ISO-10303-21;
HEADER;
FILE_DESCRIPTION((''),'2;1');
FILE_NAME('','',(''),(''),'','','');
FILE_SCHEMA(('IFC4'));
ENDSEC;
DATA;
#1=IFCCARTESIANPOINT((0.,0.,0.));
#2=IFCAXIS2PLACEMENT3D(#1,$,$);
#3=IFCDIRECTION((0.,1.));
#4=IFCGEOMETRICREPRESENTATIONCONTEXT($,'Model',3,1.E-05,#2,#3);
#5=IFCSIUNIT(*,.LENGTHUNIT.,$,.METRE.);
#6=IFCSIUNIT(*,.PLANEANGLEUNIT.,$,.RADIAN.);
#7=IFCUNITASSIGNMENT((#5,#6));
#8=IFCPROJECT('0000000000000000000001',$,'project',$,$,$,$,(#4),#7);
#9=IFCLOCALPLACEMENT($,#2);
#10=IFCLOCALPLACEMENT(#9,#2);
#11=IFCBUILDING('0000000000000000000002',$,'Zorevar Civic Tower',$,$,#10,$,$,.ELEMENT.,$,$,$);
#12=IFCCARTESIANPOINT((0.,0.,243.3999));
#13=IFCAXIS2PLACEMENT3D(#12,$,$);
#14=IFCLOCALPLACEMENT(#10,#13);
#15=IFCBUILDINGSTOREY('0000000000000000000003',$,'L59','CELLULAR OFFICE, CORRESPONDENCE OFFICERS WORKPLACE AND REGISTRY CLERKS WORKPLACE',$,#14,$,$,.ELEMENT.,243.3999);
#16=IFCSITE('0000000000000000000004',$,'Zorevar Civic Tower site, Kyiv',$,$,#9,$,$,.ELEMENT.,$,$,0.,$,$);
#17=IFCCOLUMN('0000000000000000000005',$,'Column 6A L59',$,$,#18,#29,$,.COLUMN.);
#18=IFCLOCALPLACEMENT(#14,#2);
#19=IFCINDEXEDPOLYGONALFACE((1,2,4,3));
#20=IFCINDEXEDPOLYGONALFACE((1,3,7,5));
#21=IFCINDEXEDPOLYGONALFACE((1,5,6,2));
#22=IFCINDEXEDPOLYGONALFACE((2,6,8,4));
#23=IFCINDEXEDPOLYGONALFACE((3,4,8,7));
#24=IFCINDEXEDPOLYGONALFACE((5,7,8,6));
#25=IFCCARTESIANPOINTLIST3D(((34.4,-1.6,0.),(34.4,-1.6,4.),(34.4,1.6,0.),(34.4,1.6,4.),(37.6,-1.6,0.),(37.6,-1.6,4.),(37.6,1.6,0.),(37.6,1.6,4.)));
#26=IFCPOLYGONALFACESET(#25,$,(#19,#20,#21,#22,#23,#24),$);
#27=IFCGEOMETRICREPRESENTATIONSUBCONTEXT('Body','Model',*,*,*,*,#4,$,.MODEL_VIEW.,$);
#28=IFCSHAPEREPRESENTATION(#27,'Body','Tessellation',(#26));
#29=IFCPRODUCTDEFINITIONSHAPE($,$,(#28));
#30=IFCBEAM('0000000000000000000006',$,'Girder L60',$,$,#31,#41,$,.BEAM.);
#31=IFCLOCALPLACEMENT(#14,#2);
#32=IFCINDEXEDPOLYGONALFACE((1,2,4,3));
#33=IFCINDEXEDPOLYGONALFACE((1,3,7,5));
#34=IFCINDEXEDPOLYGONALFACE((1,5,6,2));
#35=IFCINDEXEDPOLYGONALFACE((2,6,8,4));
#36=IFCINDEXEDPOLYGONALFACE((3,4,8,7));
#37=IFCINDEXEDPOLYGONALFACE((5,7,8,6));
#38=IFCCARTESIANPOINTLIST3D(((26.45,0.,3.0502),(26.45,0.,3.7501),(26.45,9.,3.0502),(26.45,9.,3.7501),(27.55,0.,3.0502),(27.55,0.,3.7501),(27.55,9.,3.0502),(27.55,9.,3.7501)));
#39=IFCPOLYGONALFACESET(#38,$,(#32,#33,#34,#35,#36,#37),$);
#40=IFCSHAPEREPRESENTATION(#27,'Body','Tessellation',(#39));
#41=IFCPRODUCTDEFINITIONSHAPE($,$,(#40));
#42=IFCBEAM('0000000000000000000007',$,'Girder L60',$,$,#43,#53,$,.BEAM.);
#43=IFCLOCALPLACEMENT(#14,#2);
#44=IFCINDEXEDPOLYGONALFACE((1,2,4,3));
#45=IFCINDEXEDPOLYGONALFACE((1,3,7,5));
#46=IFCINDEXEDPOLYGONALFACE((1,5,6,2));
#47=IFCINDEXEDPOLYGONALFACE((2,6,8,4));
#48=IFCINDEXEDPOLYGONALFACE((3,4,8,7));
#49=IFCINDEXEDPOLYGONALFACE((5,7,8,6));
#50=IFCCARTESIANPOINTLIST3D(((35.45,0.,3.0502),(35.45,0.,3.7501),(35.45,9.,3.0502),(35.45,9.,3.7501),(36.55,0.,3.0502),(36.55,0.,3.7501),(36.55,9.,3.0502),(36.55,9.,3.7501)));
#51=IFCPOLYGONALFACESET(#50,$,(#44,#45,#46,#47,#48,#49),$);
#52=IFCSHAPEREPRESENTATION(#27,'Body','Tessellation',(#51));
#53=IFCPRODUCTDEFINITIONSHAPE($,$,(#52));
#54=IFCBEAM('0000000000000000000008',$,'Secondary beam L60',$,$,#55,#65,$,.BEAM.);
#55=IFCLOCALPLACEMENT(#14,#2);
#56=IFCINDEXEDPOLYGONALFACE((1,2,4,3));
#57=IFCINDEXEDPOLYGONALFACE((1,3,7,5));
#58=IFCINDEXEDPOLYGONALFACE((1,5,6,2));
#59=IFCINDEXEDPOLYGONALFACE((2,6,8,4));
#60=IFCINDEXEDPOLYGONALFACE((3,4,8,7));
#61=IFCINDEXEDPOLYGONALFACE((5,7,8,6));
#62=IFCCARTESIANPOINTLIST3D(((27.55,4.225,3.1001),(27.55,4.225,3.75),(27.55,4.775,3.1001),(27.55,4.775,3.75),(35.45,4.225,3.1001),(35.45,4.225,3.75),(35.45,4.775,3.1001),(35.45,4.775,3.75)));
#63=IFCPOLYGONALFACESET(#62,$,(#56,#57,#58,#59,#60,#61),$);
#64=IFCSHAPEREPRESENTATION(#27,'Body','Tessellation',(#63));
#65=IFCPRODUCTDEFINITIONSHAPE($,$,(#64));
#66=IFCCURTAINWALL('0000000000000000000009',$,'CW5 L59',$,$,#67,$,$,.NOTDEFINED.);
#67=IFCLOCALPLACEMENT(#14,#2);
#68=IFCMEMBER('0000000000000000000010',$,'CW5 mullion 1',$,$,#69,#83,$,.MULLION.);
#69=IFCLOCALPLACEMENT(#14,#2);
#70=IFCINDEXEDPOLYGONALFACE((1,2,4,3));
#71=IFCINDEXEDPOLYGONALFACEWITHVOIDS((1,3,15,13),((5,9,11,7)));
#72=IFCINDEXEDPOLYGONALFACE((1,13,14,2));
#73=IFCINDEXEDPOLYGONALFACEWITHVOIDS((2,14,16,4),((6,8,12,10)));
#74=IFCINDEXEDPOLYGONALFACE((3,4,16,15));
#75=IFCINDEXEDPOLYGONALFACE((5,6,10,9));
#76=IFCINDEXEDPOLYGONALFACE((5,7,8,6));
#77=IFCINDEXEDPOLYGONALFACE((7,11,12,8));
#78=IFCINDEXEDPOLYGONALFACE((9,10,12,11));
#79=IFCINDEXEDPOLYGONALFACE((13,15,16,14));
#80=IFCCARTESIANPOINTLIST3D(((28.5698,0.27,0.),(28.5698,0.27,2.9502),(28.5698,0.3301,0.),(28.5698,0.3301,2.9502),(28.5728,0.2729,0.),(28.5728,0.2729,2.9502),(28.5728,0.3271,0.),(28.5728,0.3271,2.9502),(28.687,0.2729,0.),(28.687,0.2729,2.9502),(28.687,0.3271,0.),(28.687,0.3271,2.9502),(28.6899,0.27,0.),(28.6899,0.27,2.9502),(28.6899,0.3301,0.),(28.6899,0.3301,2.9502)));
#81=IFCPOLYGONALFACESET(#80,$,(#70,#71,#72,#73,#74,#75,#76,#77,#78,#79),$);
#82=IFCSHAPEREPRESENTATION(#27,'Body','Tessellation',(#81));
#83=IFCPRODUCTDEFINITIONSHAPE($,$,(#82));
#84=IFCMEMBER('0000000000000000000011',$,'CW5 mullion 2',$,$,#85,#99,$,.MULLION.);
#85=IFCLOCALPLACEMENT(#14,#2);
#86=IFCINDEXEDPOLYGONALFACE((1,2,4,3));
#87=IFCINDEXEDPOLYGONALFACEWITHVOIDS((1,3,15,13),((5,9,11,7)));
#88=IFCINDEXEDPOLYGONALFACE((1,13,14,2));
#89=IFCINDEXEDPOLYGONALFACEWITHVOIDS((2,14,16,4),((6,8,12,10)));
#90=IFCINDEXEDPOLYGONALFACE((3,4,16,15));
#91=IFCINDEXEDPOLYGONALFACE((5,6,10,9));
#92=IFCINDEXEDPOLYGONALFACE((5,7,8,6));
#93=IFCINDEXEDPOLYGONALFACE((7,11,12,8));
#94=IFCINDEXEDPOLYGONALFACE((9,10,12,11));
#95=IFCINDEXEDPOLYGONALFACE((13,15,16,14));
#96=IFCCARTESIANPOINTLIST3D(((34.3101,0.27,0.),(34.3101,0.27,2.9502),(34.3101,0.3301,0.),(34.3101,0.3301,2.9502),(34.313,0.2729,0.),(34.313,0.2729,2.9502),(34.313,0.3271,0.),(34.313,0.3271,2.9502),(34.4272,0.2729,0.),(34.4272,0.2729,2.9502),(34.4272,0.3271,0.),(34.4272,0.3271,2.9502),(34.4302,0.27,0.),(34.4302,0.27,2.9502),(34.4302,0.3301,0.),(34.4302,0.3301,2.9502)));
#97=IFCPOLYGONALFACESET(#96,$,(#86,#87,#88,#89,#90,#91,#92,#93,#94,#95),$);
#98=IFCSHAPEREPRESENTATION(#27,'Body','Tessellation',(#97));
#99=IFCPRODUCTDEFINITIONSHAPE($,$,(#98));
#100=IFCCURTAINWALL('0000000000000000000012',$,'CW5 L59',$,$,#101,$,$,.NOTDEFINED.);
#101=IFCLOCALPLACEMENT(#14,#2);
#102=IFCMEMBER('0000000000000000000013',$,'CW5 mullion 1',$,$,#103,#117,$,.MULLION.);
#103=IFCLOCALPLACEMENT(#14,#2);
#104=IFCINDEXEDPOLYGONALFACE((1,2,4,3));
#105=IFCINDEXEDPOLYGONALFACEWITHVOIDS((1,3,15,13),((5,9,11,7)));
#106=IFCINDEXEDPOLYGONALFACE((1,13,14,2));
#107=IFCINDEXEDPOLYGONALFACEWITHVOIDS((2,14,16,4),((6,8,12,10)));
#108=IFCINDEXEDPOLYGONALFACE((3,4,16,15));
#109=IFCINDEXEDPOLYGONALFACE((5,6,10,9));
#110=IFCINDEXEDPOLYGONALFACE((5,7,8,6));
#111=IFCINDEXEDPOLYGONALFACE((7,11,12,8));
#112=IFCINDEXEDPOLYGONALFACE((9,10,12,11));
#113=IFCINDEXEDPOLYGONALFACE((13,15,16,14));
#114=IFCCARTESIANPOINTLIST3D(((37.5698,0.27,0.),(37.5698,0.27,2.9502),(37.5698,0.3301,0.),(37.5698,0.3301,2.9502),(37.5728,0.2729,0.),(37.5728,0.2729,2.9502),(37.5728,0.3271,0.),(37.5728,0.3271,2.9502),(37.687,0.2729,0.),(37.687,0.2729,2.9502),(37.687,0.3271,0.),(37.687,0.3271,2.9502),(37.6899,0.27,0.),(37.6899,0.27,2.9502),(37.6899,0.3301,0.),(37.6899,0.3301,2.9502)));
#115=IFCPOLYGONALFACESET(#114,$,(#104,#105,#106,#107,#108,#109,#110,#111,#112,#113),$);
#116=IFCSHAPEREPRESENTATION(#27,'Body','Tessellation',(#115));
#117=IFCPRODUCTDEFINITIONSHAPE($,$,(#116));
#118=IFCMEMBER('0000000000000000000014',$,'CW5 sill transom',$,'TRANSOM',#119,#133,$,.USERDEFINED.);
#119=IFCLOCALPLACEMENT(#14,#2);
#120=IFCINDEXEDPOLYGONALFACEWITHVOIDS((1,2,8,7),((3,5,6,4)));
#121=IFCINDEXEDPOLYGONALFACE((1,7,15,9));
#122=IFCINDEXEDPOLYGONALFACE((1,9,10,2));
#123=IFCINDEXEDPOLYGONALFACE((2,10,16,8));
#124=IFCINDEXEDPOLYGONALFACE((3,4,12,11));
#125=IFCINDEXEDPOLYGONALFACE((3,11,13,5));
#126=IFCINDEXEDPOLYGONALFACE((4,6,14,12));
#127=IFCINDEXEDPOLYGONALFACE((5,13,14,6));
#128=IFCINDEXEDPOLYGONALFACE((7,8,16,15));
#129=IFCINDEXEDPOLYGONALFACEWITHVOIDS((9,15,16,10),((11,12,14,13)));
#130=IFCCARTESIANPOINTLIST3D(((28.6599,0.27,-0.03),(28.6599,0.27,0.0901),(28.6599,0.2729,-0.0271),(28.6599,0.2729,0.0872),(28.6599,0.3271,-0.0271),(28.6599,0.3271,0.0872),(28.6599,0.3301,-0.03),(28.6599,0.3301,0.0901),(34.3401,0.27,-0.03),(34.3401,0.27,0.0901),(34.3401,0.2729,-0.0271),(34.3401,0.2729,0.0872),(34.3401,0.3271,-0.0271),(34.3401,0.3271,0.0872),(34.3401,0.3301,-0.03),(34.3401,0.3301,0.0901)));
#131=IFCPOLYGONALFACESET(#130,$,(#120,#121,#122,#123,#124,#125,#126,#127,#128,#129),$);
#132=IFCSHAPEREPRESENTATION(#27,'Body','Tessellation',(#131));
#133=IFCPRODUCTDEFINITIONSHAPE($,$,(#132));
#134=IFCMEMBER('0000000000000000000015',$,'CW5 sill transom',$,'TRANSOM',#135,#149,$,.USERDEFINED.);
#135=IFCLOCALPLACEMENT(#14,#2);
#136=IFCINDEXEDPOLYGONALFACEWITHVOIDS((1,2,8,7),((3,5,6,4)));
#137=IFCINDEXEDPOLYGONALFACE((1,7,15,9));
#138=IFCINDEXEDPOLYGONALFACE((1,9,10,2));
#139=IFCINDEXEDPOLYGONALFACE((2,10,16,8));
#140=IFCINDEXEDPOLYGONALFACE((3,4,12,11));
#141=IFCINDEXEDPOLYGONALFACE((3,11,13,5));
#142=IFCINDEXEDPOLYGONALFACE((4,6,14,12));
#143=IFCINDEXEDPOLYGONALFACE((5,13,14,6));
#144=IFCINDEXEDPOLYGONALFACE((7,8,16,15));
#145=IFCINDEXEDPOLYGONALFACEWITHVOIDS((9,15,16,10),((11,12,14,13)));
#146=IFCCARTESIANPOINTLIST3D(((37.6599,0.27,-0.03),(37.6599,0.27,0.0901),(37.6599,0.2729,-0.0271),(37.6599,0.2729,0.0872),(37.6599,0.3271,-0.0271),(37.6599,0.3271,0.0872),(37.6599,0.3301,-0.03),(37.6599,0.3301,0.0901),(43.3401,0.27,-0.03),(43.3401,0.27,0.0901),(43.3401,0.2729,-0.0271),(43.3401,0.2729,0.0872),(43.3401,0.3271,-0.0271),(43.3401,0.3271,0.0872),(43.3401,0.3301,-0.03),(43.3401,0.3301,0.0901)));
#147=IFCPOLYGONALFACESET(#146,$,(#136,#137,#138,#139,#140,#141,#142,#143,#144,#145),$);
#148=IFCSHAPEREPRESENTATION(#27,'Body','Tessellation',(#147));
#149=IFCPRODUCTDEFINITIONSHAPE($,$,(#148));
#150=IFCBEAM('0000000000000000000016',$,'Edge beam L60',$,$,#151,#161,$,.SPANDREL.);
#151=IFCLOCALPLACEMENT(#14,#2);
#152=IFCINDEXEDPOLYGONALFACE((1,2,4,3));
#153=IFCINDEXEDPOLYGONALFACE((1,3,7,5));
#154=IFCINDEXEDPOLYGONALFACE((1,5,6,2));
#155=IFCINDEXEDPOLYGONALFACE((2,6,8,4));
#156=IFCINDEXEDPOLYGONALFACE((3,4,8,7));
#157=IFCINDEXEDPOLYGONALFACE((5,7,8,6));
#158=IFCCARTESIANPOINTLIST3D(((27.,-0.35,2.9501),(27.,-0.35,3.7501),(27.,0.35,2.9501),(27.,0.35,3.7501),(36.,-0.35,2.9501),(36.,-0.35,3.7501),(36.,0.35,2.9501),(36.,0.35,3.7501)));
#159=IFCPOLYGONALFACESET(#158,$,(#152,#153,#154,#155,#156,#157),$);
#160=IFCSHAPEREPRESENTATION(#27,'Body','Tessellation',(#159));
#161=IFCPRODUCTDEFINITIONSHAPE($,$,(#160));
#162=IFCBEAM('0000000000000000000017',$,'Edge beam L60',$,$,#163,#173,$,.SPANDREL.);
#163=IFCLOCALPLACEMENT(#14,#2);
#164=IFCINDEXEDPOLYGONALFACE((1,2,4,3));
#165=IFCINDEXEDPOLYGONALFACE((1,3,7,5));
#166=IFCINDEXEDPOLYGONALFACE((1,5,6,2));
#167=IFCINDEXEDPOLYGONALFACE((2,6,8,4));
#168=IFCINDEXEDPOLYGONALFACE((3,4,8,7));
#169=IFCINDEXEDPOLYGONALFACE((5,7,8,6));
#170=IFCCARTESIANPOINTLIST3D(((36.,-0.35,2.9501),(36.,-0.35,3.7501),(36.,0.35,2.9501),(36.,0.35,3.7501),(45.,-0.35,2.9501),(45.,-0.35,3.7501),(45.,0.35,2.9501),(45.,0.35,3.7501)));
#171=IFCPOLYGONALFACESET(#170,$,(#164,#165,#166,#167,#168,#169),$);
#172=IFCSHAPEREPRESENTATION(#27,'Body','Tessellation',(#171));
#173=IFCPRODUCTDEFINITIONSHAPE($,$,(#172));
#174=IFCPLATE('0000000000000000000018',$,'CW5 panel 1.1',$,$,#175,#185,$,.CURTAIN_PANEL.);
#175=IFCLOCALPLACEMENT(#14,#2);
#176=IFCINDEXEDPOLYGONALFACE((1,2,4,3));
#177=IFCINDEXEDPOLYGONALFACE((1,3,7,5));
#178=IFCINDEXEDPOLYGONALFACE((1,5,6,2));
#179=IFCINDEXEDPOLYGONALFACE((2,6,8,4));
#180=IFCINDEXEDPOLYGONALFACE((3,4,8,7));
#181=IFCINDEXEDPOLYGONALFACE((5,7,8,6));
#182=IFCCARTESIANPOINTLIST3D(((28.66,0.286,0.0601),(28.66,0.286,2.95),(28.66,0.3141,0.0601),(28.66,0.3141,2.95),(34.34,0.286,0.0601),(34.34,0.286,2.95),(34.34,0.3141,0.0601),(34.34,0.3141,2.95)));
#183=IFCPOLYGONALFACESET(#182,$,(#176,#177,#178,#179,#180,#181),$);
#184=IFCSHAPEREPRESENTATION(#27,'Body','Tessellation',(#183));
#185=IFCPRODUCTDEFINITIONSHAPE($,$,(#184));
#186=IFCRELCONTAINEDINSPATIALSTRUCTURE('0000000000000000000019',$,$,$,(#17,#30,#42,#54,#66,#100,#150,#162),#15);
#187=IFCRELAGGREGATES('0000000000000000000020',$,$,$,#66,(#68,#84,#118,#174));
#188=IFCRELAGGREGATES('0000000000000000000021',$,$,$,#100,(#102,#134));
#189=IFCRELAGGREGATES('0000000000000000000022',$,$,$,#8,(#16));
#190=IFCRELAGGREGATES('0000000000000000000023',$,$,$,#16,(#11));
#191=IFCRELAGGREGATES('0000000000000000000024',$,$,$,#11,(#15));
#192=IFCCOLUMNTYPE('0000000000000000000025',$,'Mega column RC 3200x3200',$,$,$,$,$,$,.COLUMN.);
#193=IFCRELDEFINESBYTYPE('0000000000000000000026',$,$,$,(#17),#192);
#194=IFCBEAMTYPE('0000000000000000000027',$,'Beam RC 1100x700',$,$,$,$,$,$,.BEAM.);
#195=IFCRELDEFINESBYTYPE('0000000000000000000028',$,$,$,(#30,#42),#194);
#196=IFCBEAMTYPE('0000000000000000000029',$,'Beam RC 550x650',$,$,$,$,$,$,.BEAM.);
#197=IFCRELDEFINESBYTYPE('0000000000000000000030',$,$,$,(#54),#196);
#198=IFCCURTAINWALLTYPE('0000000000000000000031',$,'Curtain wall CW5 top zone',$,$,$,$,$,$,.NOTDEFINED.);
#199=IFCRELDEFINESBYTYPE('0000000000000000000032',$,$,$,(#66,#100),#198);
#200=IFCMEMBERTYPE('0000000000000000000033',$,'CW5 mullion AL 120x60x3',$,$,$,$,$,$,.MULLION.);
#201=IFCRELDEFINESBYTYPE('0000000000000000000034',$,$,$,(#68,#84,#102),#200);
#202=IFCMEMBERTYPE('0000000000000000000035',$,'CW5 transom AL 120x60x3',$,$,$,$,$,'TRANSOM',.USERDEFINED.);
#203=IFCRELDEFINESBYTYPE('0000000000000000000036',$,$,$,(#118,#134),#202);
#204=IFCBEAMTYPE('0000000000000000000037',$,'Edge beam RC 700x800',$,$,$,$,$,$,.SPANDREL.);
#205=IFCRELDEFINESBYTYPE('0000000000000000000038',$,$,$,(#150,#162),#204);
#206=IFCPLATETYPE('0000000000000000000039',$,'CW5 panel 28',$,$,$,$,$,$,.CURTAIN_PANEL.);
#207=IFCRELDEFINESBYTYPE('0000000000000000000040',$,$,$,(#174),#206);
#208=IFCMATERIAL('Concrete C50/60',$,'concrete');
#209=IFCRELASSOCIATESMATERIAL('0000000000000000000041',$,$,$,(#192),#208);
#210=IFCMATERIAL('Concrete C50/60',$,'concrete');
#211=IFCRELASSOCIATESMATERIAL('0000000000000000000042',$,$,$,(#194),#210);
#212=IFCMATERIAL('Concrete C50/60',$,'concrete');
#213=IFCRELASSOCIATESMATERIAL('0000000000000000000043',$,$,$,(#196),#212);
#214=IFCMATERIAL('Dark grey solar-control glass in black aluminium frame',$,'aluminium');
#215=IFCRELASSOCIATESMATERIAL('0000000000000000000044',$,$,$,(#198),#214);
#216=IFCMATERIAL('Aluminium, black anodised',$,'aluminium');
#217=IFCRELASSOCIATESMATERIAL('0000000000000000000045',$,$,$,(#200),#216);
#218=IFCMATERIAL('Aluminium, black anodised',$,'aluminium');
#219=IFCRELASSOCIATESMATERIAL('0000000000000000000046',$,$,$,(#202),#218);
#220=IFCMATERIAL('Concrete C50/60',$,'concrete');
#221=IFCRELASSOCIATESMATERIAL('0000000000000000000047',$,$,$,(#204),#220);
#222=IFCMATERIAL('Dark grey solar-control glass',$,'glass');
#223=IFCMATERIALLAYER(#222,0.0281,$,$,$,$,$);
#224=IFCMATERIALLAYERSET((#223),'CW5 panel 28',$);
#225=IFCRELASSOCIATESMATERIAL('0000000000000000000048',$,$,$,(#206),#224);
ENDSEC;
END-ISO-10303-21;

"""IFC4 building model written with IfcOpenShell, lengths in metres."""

from ifc_helpers import new_model, si_unit, direction, frame, origin, origin_2d, place, context, subcontext, project, spatial, rectangle, hollow_rectangle, extrude, material, layer, layer_set, material_profile, profile_set, type_object, element, aggregate, save


model = new_model("IFC4")

# Units and contexts
model_context = context("Model", 3, precision=1e-05, world=origin(), true_north=direction((0.0, 1.0)))
body_context = subcontext(model_context, "Body", "Model", "MODEL_VIEW")
ifc_project = project(units=[si_unit("LENGTHUNIT", "METRE"), si_unit("PLANEANGLEUNIT", "RADIAN")], contexts=[model_context])

# Site, building, storey
site_placement = place(None, origin())
site = spatial("IfcSite", under=ifc_project, at=site_placement, Name="Zorevar Civic Tower site, Kyiv", CompositionType="ELEMENT", RefElevation=0.0)
building_placement = place(site_placement, origin())
building = spatial("IfcBuilding", under=site, at=building_placement, Name="Zorevar Civic Tower", CompositionType="ELEMENT")
storey_placement = place(building_placement, frame((0.0, 0.0, 243.3999)))
storey = spatial("IfcBuildingStorey", under=building, at=storey_placement, Name="L59", Description="CELLULAR OFFICE, CORRESPONDENCE OFFICERS WORKPLACE AND REGISTRY CLERKS WORKPLACE", CompositionType="ELEMENT", Elevation=243.3999)

# Column
ifc_material_1 = material(Name="Concrete C50/60", Category="concrete")
ifc_material_profile_1 = material_profile(ifc_material_1, rectangle(XDim=3.2, YDim=3.2, at=origin_2d()), Name="RC 3200x3200")
ifc_profile_set_1 = profile_set([ifc_material_profile_1], Name="Concrete C50/60")
column_type = type_object("IfcColumnType", Name="Mega column RC 3200x3200", PredefinedType="COLUMN", material=ifc_profile_set_1)
column_placement = place(storey_placement, frame((36.0, 0.0, 0.0), z_axis=(0.0, 0.0, 1.0), x_axis=(1.0, 0.0, 0.0)))
element("IfcColumn", 1, at=column_placement, inside=storey, type_object=column_type, Name="Column 6A L59", PredefinedType="COLUMN", context=body_context, shape_type="SweptSolid", body=[
    extrude(rectangle(XDim=3.2, YDim=3.2, at=origin_2d()), origin(), (0.0, 0.0, 1.0), 4.0),
])

# Beams
ifc_material_2 = material(Name="Concrete C50/60", Category="concrete")
ifc_material_profile_2 = material_profile(ifc_material_2, rectangle(XDim=1.1001, YDim=0.7, at=origin_2d()), Name="RC 1100x700")
ifc_profile_set_2 = profile_set([ifc_material_profile_2], Name="Concrete C50/60")
beam_type_1 = type_object("IfcBeamType", Name="Beam RC 1100x700", PredefinedType="BEAM", material=ifc_profile_set_2)
for number, where, z_axis, x_axis, name in (
    (2, (27.0, 0.0, 3.4001), (0.0, 1.0, 0.0), (-1.0, 0.0, 0.0), "Girder L60"),
    (3, (36.0, 0.0, 3.4001), (0.0, 1.0, 0.0), (-1.0, 0.0, 0.0), "Girder L60"),
):
    element("IfcBeam", number, at=place(storey_placement, frame(where, z_axis=z_axis, x_axis=x_axis)), inside=storey, type_object=beam_type_1, Name=name, PredefinedType="BEAM", context=body_context, shape_type="SweptSolid", body=[
        extrude(rectangle(XDim=1.1001, YDim=0.7, at=origin_2d()), origin(), (0.0, 0.0, 1.0), 9.0),
    ])
ifc_material_3 = material(Name="Concrete C50/60", Category="concrete")
ifc_material_profile_3 = material_profile(ifc_material_3, rectangle(XDim=0.55, YDim=0.6499, at=origin_2d()), Name="RC 550x650")
ifc_profile_set_3 = profile_set([ifc_material_profile_3], Name="Concrete C50/60")
beam_type_2 = type_object("IfcBeamType", Name="Beam RC 550x650", PredefinedType="BEAM", material=ifc_profile_set_3)
beam_placement = place(storey_placement, frame((27.55, 4.5, 3.425), z_axis=(1.0, 0.0, 0.0), x_axis=(0.0, 1.0, 0.0)))
element("IfcBeam", 4, at=beam_placement, inside=storey, type_object=beam_type_2, Name="Secondary beam L60", PredefinedType="BEAM", context=body_context, shape_type="SweptSolid", body=[
    extrude(rectangle(XDim=0.55, YDim=0.6499, at=origin_2d()), origin(), (0.0, 0.0, 1.0), 7.8999),
])

# Curtain wall, members
ifc_material_4 = material(Name="Dark grey solar-control glass in black aluminium frame", Category="aluminium")
curtain_wall_type = type_object("IfcCurtainWallType", Name="Curtain wall CW5 top zone", PredefinedType="NOTDEFINED", material=ifc_material_4)
curtain_wall_1_placement = place(storey_placement, origin())
curtain_wall_1 = element("IfcCurtainWall", 5, at=curtain_wall_1_placement, inside=storey, type_object=curtain_wall_type, Name="CW5 L59", PredefinedType="NOTDEFINED")
ifc_material_5 = material(Name="Aluminium, black anodised", Category="aluminium")
ifc_material_profile_4 = material_profile(ifc_material_5, hollow_rectangle(XDim=0.0601, YDim=0.1201, WallThickness=0.0029, at=origin_2d()), Name="AL 120x60x3")
ifc_profile_set_4 = profile_set([ifc_material_profile_4], Name="Aluminium, black anodised")
member_type_1 = type_object("IfcMemberType", Name="CW5 mullion AL 120x60x3", PredefinedType="MULLION", material=ifc_profile_set_4)
member_1_placement = place(storey_placement, frame((28.6299, 0.3, 0.0), z_axis=(0.0, 0.0, 1.0), x_axis=(0.0, 1.0, 0.0)))
member_1 = element("IfcMember", 6, at=member_1_placement, type_object=member_type_1, Name="CW5 mullion 1", PredefinedType="MULLION", context=body_context, shape_type="SweptSolid", body=[
    extrude(hollow_rectangle(XDim=0.0601, YDim=0.1201, WallThickness=0.0029, at=origin_2d()), origin(), (0.0, 0.0, 1.0), 2.9502),
])
member_2_placement = place(storey_placement, frame((34.3701, 0.3, 0.0), z_axis=(0.0, 0.0, 1.0), x_axis=(0.0, 1.0, 0.0)))
member_2 = element("IfcMember", 7, at=member_2_placement, type_object=member_type_1, Name="CW5 mullion 2", PredefinedType="MULLION", context=body_context, shape_type="SweptSolid", body=[
    extrude(hollow_rectangle(XDim=0.0601, YDim=0.1201, WallThickness=0.0029, at=origin_2d()), origin(), (0.0, 0.0, 1.0), 2.9502),
])

# Curtain wall, member
curtain_wall_2_placement = place(storey_placement, origin())
curtain_wall_2 = element("IfcCurtainWall", 8, at=curtain_wall_2_placement, inside=storey, type_object=curtain_wall_type, Name="CW5 L59", PredefinedType="NOTDEFINED")
member_3_placement = place(storey_placement, frame((37.6299, 0.3, 0.0), z_axis=(0.0, 0.0, 1.0), x_axis=(0.0, 1.0, 0.0)))
member_3 = element("IfcMember", 9, at=member_3_placement, type_object=member_type_1, Name="CW5 mullion 1", PredefinedType="MULLION", context=body_context, shape_type="SweptSolid", body=[
    extrude(hollow_rectangle(XDim=0.0601, YDim=0.1201, WallThickness=0.0029, at=origin_2d()), origin(), (0.0, 0.0, 1.0), 2.9502),
])

# Members
ifc_material_6 = material(Name="Aluminium, black anodised", Category="aluminium")
ifc_material_profile_5 = material_profile(ifc_material_6, hollow_rectangle(XDim=0.0601, YDim=0.1201, WallThickness=0.0029, at=origin_2d()), Name="AL 120x60x3")
ifc_profile_set_5 = profile_set([ifc_material_profile_5], Name="Aluminium, black anodised")
member_type_2 = type_object("IfcMemberType", Name="CW5 transom AL 120x60x3", ElementType="TRANSOM", PredefinedType="USERDEFINED", material=ifc_profile_set_5)
member_4_placement = place(storey_placement, frame((28.6599, 0.3, 0.03), z_axis=(1.0, 0.0, 0.0), x_axis=(0.0, 1.0, 0.0)))
member_4 = element("IfcMember", 10, at=member_4_placement, type_object=member_type_2, Name="CW5 sill transom", ObjectType="TRANSOM", PredefinedType="USERDEFINED", context=body_context, shape_type="SweptSolid", body=[
    extrude(hollow_rectangle(XDim=0.0601, YDim=0.1201, WallThickness=0.0029, at=origin_2d()), origin(), (0.0, 0.0, 1.0), 5.6802),
])
member_5_placement = place(storey_placement, frame((37.6599, 0.3, 0.03), z_axis=(1.0, 0.0, 0.0), x_axis=(0.0, 1.0, 0.0)))
member_5 = element("IfcMember", 11, at=member_5_placement, type_object=member_type_2, Name="CW5 sill transom", ObjectType="TRANSOM", PredefinedType="USERDEFINED", context=body_context, shape_type="SweptSolid", body=[
    extrude(hollow_rectangle(XDim=0.0601, YDim=0.1201, WallThickness=0.0029, at=origin_2d()), origin(), (0.0, 0.0, 1.0), 5.6802),
])

# Beams
ifc_material_7 = material(Name="Concrete C50/60", Category="concrete")
ifc_material_profile_6 = material_profile(ifc_material_7, rectangle(XDim=0.7, YDim=0.8, at=origin_2d()), Name="RC 700x800")
ifc_profile_set_6 = profile_set([ifc_material_profile_6], Name="Concrete C50/60")
beam_type_3 = type_object("IfcBeamType", Name="Edge beam RC 700x800", PredefinedType="SPANDREL", material=ifc_profile_set_6)
for number, where, z_axis, x_axis, name in (
    (12, (27.0, 0.0, 3.3501), (1.0, 0.0, 0.0), (0.0, 1.0, 0.0), "Edge beam L60"),
    (13, (36.0, 0.0, 3.3501), (1.0, 0.0, 0.0), (0.0, 1.0, 0.0), "Edge beam L60"),
):
    element("IfcBeam", number, at=place(storey_placement, frame(where, z_axis=z_axis, x_axis=x_axis)), inside=storey, type_object=beam_type_3, Name=name, PredefinedType="SPANDREL", context=body_context, shape_type="SweptSolid", body=[
        extrude(rectangle(XDim=0.7, YDim=0.8, at=origin_2d()), origin(), (0.0, 0.0, 1.0), 9.0),
    ])

# Plate
ifc_material_8 = material(Name="Dark grey solar-control glass", Category="glass")
ifc_layer_1 = layer(ifc_material_8, 0.0281)
ifc_layer_set_1 = layer_set([ifc_layer_1], Name="CW5 panel 28")
plate_type = type_object("IfcPlateType", Name="CW5 panel 28", PredefinedType="CURTAIN_PANEL", material=ifc_layer_set_1)
plate_1_placement = place(storey_placement, frame((31.5, 0.3, 0.0601), z_axis=(0.0, 0.0, 1.0), x_axis=(1.0, 0.0, 0.0)))
plate_1 = element("IfcPlate", 14, at=plate_1_placement, type_object=plate_type, Name="CW5 panel 1.1", PredefinedType="CURTAIN_PANEL", context=body_context, shape_type="SweptSolid", body=[
    extrude(rectangle(XDim=5.6799, YDim=0.0281, at=origin_2d()), origin(), (0.0, 0.0, 1.0), 2.8899),
])
aggregate(curtain_wall_1, [member_1, member_2, member_4, plate_1])
aggregate(curtain_wall_2, [member_3, member_5])

save(model, "model.ifc")
